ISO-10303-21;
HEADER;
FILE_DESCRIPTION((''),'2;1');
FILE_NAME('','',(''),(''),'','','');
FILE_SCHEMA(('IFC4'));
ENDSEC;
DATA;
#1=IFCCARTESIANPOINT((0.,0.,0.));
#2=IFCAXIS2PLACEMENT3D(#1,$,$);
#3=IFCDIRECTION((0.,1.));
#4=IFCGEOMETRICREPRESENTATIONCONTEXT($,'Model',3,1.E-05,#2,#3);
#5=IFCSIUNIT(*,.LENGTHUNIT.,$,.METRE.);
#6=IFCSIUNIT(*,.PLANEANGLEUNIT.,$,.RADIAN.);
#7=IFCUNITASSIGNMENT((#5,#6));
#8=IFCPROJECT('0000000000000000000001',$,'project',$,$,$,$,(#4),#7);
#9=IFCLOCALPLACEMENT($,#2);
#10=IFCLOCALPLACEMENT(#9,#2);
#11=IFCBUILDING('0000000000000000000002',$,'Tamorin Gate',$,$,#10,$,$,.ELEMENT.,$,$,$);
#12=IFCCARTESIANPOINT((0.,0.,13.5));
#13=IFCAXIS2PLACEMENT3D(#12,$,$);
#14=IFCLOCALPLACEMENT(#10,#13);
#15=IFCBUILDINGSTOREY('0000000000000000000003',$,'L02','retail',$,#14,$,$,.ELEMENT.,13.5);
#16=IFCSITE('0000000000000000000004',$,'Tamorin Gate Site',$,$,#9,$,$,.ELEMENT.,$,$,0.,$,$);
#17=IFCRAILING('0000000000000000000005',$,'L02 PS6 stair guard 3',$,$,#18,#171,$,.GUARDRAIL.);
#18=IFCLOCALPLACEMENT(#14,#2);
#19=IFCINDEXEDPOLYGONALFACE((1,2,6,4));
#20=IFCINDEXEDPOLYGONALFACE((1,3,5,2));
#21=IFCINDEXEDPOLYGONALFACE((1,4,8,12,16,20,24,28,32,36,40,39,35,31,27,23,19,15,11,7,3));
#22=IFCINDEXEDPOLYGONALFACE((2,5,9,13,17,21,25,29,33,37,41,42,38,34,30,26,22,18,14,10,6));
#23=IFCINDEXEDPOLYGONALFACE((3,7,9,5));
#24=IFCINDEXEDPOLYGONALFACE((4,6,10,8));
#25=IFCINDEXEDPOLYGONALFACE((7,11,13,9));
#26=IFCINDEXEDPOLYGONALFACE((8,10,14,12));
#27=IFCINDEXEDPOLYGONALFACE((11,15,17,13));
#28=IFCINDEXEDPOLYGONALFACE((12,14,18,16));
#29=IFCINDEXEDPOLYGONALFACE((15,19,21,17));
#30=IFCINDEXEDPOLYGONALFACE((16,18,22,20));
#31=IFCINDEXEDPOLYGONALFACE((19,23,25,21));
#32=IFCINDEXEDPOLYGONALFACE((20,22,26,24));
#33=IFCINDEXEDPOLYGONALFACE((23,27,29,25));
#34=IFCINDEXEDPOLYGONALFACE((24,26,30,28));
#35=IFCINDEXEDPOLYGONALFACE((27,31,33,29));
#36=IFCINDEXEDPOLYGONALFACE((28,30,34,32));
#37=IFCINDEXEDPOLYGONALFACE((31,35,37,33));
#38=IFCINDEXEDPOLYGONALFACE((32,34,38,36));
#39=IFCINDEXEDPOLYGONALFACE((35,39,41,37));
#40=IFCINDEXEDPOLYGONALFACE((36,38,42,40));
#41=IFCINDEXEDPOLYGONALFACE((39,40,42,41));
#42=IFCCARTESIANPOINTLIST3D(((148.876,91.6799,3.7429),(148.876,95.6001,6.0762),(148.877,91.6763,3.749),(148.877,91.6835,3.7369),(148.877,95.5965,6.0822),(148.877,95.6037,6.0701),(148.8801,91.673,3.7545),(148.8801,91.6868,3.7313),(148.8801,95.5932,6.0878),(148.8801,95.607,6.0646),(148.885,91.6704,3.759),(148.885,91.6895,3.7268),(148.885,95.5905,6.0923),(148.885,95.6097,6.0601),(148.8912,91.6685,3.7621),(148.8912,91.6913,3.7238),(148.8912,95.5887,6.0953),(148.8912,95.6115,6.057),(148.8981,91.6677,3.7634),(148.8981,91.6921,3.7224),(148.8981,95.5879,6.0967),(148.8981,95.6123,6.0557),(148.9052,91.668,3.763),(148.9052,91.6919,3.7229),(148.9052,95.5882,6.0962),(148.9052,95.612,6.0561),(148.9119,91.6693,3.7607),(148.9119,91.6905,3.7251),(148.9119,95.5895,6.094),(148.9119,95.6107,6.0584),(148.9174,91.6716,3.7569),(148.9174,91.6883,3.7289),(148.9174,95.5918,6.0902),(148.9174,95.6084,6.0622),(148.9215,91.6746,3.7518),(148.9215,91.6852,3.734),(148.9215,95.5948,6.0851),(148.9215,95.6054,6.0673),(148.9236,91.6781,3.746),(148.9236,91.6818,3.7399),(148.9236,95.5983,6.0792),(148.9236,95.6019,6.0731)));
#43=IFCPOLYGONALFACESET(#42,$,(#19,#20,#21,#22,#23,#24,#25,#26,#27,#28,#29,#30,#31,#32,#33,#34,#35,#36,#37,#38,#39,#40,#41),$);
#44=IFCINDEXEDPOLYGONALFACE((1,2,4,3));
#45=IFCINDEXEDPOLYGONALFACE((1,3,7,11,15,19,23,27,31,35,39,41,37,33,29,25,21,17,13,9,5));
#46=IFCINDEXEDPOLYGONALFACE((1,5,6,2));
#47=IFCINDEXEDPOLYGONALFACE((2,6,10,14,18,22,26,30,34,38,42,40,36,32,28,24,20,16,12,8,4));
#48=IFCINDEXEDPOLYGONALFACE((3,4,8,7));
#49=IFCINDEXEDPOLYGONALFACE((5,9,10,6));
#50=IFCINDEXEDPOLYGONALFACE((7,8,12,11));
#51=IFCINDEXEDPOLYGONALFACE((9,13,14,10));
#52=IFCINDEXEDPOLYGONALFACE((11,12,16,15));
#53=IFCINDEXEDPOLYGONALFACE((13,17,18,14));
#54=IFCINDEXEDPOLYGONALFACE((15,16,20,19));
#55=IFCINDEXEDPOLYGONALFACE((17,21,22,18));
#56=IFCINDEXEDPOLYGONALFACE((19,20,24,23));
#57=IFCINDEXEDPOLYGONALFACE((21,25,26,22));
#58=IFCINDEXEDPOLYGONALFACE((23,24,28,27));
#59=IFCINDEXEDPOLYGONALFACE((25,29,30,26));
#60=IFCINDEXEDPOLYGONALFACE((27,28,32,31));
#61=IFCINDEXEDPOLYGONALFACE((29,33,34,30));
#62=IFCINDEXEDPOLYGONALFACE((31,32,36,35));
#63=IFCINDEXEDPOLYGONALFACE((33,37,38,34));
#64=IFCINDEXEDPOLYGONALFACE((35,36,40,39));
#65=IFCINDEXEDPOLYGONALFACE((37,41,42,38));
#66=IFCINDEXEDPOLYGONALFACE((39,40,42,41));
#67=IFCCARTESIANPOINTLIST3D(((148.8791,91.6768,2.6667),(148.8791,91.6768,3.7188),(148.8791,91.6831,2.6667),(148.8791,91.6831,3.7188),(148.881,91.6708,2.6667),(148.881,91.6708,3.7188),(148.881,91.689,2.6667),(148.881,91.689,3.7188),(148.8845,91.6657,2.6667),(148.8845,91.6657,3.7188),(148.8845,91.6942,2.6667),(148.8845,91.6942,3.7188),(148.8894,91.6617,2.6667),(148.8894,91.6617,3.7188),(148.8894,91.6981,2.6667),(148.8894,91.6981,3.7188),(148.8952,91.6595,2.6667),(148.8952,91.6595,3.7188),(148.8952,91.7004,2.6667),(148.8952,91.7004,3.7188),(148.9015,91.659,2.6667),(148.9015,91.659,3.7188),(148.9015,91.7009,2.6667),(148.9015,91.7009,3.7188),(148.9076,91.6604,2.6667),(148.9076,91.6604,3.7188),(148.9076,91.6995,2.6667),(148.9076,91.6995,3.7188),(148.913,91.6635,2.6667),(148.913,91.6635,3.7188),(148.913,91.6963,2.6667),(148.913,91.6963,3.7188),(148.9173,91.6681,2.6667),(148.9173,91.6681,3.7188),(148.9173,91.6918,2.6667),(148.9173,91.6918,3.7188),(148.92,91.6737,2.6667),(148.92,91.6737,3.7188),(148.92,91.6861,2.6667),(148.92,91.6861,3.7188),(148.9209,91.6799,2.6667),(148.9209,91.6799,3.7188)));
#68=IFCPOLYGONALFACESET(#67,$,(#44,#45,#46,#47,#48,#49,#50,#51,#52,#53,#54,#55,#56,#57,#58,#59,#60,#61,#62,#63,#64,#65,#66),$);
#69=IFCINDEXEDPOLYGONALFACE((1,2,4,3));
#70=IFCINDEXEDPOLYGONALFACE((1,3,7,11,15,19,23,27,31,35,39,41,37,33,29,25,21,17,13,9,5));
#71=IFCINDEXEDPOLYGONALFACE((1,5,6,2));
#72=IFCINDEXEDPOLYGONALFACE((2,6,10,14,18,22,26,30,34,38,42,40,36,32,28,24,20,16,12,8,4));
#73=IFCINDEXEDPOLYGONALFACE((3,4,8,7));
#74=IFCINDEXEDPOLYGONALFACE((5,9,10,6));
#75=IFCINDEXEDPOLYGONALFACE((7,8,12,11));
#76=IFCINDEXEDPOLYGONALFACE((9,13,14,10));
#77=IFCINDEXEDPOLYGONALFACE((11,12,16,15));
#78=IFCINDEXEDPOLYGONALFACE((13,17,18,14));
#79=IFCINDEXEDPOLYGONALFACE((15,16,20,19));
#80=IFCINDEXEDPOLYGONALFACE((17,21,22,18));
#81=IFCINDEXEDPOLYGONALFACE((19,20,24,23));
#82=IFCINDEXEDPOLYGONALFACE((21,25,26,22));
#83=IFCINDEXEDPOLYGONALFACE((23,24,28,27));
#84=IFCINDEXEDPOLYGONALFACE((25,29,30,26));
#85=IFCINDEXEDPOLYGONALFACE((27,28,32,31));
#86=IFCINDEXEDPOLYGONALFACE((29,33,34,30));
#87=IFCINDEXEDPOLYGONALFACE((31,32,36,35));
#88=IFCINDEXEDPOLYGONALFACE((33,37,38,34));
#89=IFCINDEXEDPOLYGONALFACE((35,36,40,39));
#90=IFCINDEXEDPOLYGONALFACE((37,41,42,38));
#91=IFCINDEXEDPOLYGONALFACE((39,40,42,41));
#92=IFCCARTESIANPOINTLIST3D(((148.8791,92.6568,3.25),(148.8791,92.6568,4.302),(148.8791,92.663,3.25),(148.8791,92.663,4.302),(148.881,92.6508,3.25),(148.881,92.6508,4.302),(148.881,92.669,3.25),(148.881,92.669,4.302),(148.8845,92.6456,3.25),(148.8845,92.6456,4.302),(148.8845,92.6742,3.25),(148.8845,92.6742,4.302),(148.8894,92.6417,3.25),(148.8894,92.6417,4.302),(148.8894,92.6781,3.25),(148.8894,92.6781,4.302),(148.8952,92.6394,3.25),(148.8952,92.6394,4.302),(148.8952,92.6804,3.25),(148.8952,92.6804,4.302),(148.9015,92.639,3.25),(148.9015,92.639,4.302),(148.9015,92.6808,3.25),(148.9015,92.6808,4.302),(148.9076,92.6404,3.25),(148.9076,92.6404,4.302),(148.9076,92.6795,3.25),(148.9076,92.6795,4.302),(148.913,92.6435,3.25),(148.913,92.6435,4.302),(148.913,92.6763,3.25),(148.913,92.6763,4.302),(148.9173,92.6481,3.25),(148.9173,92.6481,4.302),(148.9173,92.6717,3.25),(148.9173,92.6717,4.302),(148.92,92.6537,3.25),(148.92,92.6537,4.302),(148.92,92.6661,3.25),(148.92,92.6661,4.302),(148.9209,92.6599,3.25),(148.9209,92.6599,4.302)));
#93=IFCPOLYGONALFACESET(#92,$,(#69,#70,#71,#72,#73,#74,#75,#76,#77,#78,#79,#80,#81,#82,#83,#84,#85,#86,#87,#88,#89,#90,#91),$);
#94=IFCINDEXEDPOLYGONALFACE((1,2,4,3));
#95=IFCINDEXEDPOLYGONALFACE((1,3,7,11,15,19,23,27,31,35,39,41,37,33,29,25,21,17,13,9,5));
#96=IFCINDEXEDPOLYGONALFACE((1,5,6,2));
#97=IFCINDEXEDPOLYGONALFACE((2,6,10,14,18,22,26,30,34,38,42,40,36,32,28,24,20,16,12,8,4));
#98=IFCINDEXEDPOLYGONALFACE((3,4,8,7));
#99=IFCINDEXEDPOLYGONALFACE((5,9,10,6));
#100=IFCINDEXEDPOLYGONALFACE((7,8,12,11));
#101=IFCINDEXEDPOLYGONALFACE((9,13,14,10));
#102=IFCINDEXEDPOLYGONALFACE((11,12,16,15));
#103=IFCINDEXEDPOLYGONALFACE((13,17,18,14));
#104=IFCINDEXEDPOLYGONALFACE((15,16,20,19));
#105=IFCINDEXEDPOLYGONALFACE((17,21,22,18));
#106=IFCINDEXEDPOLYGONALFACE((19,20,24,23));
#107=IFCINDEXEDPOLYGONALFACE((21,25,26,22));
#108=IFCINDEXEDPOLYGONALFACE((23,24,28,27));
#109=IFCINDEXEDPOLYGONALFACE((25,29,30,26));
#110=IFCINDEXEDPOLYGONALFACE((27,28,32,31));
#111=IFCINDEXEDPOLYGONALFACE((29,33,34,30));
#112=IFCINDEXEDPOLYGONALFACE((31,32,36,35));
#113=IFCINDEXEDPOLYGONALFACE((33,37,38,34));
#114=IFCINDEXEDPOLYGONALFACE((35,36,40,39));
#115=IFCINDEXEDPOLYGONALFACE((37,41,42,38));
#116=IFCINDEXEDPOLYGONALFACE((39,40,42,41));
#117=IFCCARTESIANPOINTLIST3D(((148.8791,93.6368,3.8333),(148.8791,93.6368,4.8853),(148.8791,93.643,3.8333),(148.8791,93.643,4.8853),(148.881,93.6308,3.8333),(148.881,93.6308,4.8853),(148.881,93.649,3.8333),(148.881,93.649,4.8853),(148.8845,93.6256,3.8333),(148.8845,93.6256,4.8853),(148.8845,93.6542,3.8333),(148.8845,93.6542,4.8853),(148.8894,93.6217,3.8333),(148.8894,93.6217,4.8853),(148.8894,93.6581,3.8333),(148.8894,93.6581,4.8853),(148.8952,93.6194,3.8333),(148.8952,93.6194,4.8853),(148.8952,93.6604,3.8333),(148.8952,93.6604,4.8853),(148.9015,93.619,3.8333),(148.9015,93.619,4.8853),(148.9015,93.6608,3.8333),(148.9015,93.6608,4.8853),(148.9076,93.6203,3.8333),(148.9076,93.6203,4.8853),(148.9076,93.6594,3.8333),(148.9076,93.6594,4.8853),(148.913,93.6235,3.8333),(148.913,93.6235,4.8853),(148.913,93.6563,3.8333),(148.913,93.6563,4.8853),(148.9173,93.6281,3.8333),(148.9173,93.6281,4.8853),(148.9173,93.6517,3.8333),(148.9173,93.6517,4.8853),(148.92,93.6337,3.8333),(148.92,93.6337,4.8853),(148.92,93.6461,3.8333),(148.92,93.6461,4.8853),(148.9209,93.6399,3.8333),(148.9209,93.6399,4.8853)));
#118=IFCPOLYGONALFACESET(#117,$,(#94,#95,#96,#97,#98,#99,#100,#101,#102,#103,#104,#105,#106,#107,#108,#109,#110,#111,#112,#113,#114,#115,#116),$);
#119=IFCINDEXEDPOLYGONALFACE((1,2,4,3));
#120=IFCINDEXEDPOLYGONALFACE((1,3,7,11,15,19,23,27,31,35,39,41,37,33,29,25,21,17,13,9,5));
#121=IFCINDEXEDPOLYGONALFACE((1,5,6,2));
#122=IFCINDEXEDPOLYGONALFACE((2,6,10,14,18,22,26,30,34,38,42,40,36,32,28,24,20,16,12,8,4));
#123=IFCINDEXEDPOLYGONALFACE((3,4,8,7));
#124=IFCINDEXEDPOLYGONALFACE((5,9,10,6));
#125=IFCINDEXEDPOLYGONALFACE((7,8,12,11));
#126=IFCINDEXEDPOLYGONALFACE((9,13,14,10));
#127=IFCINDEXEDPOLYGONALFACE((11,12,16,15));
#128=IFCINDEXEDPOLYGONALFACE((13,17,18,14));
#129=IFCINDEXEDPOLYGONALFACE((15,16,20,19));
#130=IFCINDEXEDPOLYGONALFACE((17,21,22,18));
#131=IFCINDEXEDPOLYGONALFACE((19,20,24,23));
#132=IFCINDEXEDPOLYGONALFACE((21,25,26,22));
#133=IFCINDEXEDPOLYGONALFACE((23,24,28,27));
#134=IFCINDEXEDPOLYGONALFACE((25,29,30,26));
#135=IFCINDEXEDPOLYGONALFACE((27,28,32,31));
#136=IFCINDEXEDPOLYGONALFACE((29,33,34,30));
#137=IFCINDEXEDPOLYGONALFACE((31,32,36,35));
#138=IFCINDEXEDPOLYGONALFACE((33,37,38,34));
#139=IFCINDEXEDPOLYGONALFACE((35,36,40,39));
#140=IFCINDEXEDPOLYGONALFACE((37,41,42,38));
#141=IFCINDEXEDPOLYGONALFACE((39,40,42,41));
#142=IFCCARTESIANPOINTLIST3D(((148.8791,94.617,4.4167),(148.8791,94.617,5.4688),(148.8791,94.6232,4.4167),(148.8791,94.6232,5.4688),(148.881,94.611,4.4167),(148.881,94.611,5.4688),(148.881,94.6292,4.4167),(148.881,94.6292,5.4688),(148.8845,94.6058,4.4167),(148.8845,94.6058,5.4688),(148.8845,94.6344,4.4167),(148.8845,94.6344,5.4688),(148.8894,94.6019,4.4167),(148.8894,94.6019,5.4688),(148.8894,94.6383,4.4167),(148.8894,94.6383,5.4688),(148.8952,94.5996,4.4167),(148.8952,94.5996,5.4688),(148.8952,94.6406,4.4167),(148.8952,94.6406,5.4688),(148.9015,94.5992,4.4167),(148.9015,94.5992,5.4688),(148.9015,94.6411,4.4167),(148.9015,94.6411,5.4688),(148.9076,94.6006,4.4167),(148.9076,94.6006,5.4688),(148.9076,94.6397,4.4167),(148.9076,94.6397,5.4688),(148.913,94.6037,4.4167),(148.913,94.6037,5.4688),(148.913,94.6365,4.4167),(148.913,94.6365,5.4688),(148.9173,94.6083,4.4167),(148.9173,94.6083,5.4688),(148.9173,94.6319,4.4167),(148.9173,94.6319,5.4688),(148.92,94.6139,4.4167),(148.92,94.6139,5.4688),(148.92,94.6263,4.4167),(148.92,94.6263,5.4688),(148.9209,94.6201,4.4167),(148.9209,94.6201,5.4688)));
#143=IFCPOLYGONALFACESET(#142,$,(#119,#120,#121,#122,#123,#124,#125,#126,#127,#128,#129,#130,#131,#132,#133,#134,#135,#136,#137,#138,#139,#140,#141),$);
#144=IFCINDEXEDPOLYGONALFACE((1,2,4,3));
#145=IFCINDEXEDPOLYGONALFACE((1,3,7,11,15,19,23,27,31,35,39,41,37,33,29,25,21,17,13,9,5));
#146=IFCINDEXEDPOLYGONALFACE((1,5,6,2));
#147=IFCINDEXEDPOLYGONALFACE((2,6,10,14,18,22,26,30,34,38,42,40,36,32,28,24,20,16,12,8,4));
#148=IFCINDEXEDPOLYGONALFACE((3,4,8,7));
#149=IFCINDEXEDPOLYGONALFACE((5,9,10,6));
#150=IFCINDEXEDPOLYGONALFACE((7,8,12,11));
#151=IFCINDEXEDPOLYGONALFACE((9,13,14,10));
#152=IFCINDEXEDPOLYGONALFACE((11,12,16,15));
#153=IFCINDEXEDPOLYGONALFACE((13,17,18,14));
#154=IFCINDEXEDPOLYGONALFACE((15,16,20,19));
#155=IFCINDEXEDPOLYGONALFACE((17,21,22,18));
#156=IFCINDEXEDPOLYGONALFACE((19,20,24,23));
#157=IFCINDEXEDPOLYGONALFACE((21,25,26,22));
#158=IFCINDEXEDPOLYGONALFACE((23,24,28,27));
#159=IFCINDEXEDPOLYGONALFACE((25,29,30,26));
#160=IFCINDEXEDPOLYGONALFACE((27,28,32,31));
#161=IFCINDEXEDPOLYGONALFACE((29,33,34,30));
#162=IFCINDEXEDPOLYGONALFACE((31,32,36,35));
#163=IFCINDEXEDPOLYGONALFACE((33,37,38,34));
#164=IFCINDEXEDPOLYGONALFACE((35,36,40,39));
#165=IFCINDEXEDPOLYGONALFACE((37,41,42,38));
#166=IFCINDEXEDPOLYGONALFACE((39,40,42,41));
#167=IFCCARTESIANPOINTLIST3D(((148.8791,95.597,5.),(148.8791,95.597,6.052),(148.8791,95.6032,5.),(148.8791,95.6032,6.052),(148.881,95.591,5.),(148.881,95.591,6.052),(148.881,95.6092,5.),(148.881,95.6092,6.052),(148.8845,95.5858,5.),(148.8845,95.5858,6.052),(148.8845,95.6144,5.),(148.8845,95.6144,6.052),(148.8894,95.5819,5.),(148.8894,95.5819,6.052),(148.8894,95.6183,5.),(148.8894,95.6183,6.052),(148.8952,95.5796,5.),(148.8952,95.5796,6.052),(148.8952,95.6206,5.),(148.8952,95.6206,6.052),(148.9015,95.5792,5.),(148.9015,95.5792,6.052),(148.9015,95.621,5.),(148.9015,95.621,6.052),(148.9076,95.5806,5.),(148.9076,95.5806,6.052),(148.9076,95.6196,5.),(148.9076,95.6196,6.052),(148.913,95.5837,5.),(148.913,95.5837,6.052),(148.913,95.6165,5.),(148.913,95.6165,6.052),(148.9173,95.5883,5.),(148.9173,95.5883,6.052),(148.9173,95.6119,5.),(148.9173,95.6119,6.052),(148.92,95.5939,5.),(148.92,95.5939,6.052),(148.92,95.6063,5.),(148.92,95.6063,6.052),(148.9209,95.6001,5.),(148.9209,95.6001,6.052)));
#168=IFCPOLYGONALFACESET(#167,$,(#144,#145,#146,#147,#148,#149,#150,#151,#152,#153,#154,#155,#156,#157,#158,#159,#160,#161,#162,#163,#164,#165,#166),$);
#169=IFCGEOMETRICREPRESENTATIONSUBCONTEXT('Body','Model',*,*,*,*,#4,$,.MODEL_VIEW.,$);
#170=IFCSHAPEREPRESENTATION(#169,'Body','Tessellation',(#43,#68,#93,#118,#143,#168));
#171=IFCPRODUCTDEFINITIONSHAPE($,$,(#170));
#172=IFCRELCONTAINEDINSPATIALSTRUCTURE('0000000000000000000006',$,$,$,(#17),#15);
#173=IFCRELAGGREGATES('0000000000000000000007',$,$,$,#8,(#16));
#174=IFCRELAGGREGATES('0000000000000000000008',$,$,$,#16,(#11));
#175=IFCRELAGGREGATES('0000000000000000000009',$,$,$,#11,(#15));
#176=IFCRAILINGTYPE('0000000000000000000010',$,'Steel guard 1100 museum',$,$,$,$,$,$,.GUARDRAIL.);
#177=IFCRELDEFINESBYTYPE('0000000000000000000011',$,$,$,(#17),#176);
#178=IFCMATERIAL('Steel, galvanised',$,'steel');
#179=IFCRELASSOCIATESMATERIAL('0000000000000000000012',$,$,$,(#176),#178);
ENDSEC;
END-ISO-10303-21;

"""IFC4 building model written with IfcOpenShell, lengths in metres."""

from ifc_helpers import new_model, si_unit, direction, frame, origin, origin_2d, place, context, subcontext, project, spatial, circle, extrude, material, type_object, element, save


model = new_model("IFC4")

# Units and contexts
model_context = context("Model", 3, precision=1e-05, world=origin(), true_north=direction((0.0, 1.0)))
body_context = subcontext(model_context, "Body", "Model", "MODEL_VIEW")
ifc_project = project(units=[si_unit("LENGTHUNIT", "METRE"), si_unit("PLANEANGLEUNIT", "RADIAN")], contexts=[model_context])

# Site, building, storey
site_placement = place(None, origin())
site = spatial("IfcSite", under=ifc_project, at=site_placement, Name="Tamorin Gate Site", CompositionType="ELEMENT", RefElevation=0.0)
building_placement = place(site_placement, origin())
building = spatial("IfcBuilding", under=site, at=building_placement, Name="Tamorin Gate", CompositionType="ELEMENT")
storey_placement = place(building_placement, frame((0.0, 0.0, 13.5)))
storey = spatial("IfcBuildingStorey", under=building, at=storey_placement, Name="L02", Description="retail", CompositionType="ELEMENT", Elevation=13.5)

# Railing
ifc_material_1 = material(Name="Steel, galvanised", Category="steel")
railing_type_1 = type_object("IfcRailingType", Name="Steel guard 1100 museum", PredefinedType="GUARDRAIL", material=ifc_material_1)
railing_1_placement = place(storey_placement, frame((148.8999, 91.6799, 2.6667)))
element("IfcRailing", 1, at=railing_1_placement, inside=storey, type_object=railing_type_1, Name="L02 PS6 stair guard 3", PredefinedType="GUARDRAIL", context=body_context, shape_type="SweptSolid", body=[
    extrude(circle(Radius=0.0239, at=origin_2d()), frame((0.0, 0.0, 1.0762), z_axis=(0.0, 0.85931, 0.511455), x_axis=(-1.0, 0.0, 0.0)), (0.0, 0.0, 1.0), 4.562),
    extrude(circle(Radius=0.021, at=origin_2d()), origin(), (0.0, 0.0, 1.0), 1.052),
    extrude(circle(Radius=0.021, at=origin_2d()), frame((0.0, 0.98, 0.5833)), (0.0, 0.0, 1.0), 1.052),
    extrude(circle(Radius=0.021, at=origin_2d()), frame((0.0, 1.96, 1.1665)), (0.0, 0.0, 1.0), 1.052),
    extrude(circle(Radius=0.021, at=origin_2d()), frame((0.0, 2.9402, 1.75)), (0.0, 0.0, 1.0), 1.052),
    extrude(circle(Radius=0.021, at=origin_2d()), frame((0.0, 3.9202, 2.3333)), (0.0, 0.0, 1.0), 1.052),
])

save(model, "model.ifc")
